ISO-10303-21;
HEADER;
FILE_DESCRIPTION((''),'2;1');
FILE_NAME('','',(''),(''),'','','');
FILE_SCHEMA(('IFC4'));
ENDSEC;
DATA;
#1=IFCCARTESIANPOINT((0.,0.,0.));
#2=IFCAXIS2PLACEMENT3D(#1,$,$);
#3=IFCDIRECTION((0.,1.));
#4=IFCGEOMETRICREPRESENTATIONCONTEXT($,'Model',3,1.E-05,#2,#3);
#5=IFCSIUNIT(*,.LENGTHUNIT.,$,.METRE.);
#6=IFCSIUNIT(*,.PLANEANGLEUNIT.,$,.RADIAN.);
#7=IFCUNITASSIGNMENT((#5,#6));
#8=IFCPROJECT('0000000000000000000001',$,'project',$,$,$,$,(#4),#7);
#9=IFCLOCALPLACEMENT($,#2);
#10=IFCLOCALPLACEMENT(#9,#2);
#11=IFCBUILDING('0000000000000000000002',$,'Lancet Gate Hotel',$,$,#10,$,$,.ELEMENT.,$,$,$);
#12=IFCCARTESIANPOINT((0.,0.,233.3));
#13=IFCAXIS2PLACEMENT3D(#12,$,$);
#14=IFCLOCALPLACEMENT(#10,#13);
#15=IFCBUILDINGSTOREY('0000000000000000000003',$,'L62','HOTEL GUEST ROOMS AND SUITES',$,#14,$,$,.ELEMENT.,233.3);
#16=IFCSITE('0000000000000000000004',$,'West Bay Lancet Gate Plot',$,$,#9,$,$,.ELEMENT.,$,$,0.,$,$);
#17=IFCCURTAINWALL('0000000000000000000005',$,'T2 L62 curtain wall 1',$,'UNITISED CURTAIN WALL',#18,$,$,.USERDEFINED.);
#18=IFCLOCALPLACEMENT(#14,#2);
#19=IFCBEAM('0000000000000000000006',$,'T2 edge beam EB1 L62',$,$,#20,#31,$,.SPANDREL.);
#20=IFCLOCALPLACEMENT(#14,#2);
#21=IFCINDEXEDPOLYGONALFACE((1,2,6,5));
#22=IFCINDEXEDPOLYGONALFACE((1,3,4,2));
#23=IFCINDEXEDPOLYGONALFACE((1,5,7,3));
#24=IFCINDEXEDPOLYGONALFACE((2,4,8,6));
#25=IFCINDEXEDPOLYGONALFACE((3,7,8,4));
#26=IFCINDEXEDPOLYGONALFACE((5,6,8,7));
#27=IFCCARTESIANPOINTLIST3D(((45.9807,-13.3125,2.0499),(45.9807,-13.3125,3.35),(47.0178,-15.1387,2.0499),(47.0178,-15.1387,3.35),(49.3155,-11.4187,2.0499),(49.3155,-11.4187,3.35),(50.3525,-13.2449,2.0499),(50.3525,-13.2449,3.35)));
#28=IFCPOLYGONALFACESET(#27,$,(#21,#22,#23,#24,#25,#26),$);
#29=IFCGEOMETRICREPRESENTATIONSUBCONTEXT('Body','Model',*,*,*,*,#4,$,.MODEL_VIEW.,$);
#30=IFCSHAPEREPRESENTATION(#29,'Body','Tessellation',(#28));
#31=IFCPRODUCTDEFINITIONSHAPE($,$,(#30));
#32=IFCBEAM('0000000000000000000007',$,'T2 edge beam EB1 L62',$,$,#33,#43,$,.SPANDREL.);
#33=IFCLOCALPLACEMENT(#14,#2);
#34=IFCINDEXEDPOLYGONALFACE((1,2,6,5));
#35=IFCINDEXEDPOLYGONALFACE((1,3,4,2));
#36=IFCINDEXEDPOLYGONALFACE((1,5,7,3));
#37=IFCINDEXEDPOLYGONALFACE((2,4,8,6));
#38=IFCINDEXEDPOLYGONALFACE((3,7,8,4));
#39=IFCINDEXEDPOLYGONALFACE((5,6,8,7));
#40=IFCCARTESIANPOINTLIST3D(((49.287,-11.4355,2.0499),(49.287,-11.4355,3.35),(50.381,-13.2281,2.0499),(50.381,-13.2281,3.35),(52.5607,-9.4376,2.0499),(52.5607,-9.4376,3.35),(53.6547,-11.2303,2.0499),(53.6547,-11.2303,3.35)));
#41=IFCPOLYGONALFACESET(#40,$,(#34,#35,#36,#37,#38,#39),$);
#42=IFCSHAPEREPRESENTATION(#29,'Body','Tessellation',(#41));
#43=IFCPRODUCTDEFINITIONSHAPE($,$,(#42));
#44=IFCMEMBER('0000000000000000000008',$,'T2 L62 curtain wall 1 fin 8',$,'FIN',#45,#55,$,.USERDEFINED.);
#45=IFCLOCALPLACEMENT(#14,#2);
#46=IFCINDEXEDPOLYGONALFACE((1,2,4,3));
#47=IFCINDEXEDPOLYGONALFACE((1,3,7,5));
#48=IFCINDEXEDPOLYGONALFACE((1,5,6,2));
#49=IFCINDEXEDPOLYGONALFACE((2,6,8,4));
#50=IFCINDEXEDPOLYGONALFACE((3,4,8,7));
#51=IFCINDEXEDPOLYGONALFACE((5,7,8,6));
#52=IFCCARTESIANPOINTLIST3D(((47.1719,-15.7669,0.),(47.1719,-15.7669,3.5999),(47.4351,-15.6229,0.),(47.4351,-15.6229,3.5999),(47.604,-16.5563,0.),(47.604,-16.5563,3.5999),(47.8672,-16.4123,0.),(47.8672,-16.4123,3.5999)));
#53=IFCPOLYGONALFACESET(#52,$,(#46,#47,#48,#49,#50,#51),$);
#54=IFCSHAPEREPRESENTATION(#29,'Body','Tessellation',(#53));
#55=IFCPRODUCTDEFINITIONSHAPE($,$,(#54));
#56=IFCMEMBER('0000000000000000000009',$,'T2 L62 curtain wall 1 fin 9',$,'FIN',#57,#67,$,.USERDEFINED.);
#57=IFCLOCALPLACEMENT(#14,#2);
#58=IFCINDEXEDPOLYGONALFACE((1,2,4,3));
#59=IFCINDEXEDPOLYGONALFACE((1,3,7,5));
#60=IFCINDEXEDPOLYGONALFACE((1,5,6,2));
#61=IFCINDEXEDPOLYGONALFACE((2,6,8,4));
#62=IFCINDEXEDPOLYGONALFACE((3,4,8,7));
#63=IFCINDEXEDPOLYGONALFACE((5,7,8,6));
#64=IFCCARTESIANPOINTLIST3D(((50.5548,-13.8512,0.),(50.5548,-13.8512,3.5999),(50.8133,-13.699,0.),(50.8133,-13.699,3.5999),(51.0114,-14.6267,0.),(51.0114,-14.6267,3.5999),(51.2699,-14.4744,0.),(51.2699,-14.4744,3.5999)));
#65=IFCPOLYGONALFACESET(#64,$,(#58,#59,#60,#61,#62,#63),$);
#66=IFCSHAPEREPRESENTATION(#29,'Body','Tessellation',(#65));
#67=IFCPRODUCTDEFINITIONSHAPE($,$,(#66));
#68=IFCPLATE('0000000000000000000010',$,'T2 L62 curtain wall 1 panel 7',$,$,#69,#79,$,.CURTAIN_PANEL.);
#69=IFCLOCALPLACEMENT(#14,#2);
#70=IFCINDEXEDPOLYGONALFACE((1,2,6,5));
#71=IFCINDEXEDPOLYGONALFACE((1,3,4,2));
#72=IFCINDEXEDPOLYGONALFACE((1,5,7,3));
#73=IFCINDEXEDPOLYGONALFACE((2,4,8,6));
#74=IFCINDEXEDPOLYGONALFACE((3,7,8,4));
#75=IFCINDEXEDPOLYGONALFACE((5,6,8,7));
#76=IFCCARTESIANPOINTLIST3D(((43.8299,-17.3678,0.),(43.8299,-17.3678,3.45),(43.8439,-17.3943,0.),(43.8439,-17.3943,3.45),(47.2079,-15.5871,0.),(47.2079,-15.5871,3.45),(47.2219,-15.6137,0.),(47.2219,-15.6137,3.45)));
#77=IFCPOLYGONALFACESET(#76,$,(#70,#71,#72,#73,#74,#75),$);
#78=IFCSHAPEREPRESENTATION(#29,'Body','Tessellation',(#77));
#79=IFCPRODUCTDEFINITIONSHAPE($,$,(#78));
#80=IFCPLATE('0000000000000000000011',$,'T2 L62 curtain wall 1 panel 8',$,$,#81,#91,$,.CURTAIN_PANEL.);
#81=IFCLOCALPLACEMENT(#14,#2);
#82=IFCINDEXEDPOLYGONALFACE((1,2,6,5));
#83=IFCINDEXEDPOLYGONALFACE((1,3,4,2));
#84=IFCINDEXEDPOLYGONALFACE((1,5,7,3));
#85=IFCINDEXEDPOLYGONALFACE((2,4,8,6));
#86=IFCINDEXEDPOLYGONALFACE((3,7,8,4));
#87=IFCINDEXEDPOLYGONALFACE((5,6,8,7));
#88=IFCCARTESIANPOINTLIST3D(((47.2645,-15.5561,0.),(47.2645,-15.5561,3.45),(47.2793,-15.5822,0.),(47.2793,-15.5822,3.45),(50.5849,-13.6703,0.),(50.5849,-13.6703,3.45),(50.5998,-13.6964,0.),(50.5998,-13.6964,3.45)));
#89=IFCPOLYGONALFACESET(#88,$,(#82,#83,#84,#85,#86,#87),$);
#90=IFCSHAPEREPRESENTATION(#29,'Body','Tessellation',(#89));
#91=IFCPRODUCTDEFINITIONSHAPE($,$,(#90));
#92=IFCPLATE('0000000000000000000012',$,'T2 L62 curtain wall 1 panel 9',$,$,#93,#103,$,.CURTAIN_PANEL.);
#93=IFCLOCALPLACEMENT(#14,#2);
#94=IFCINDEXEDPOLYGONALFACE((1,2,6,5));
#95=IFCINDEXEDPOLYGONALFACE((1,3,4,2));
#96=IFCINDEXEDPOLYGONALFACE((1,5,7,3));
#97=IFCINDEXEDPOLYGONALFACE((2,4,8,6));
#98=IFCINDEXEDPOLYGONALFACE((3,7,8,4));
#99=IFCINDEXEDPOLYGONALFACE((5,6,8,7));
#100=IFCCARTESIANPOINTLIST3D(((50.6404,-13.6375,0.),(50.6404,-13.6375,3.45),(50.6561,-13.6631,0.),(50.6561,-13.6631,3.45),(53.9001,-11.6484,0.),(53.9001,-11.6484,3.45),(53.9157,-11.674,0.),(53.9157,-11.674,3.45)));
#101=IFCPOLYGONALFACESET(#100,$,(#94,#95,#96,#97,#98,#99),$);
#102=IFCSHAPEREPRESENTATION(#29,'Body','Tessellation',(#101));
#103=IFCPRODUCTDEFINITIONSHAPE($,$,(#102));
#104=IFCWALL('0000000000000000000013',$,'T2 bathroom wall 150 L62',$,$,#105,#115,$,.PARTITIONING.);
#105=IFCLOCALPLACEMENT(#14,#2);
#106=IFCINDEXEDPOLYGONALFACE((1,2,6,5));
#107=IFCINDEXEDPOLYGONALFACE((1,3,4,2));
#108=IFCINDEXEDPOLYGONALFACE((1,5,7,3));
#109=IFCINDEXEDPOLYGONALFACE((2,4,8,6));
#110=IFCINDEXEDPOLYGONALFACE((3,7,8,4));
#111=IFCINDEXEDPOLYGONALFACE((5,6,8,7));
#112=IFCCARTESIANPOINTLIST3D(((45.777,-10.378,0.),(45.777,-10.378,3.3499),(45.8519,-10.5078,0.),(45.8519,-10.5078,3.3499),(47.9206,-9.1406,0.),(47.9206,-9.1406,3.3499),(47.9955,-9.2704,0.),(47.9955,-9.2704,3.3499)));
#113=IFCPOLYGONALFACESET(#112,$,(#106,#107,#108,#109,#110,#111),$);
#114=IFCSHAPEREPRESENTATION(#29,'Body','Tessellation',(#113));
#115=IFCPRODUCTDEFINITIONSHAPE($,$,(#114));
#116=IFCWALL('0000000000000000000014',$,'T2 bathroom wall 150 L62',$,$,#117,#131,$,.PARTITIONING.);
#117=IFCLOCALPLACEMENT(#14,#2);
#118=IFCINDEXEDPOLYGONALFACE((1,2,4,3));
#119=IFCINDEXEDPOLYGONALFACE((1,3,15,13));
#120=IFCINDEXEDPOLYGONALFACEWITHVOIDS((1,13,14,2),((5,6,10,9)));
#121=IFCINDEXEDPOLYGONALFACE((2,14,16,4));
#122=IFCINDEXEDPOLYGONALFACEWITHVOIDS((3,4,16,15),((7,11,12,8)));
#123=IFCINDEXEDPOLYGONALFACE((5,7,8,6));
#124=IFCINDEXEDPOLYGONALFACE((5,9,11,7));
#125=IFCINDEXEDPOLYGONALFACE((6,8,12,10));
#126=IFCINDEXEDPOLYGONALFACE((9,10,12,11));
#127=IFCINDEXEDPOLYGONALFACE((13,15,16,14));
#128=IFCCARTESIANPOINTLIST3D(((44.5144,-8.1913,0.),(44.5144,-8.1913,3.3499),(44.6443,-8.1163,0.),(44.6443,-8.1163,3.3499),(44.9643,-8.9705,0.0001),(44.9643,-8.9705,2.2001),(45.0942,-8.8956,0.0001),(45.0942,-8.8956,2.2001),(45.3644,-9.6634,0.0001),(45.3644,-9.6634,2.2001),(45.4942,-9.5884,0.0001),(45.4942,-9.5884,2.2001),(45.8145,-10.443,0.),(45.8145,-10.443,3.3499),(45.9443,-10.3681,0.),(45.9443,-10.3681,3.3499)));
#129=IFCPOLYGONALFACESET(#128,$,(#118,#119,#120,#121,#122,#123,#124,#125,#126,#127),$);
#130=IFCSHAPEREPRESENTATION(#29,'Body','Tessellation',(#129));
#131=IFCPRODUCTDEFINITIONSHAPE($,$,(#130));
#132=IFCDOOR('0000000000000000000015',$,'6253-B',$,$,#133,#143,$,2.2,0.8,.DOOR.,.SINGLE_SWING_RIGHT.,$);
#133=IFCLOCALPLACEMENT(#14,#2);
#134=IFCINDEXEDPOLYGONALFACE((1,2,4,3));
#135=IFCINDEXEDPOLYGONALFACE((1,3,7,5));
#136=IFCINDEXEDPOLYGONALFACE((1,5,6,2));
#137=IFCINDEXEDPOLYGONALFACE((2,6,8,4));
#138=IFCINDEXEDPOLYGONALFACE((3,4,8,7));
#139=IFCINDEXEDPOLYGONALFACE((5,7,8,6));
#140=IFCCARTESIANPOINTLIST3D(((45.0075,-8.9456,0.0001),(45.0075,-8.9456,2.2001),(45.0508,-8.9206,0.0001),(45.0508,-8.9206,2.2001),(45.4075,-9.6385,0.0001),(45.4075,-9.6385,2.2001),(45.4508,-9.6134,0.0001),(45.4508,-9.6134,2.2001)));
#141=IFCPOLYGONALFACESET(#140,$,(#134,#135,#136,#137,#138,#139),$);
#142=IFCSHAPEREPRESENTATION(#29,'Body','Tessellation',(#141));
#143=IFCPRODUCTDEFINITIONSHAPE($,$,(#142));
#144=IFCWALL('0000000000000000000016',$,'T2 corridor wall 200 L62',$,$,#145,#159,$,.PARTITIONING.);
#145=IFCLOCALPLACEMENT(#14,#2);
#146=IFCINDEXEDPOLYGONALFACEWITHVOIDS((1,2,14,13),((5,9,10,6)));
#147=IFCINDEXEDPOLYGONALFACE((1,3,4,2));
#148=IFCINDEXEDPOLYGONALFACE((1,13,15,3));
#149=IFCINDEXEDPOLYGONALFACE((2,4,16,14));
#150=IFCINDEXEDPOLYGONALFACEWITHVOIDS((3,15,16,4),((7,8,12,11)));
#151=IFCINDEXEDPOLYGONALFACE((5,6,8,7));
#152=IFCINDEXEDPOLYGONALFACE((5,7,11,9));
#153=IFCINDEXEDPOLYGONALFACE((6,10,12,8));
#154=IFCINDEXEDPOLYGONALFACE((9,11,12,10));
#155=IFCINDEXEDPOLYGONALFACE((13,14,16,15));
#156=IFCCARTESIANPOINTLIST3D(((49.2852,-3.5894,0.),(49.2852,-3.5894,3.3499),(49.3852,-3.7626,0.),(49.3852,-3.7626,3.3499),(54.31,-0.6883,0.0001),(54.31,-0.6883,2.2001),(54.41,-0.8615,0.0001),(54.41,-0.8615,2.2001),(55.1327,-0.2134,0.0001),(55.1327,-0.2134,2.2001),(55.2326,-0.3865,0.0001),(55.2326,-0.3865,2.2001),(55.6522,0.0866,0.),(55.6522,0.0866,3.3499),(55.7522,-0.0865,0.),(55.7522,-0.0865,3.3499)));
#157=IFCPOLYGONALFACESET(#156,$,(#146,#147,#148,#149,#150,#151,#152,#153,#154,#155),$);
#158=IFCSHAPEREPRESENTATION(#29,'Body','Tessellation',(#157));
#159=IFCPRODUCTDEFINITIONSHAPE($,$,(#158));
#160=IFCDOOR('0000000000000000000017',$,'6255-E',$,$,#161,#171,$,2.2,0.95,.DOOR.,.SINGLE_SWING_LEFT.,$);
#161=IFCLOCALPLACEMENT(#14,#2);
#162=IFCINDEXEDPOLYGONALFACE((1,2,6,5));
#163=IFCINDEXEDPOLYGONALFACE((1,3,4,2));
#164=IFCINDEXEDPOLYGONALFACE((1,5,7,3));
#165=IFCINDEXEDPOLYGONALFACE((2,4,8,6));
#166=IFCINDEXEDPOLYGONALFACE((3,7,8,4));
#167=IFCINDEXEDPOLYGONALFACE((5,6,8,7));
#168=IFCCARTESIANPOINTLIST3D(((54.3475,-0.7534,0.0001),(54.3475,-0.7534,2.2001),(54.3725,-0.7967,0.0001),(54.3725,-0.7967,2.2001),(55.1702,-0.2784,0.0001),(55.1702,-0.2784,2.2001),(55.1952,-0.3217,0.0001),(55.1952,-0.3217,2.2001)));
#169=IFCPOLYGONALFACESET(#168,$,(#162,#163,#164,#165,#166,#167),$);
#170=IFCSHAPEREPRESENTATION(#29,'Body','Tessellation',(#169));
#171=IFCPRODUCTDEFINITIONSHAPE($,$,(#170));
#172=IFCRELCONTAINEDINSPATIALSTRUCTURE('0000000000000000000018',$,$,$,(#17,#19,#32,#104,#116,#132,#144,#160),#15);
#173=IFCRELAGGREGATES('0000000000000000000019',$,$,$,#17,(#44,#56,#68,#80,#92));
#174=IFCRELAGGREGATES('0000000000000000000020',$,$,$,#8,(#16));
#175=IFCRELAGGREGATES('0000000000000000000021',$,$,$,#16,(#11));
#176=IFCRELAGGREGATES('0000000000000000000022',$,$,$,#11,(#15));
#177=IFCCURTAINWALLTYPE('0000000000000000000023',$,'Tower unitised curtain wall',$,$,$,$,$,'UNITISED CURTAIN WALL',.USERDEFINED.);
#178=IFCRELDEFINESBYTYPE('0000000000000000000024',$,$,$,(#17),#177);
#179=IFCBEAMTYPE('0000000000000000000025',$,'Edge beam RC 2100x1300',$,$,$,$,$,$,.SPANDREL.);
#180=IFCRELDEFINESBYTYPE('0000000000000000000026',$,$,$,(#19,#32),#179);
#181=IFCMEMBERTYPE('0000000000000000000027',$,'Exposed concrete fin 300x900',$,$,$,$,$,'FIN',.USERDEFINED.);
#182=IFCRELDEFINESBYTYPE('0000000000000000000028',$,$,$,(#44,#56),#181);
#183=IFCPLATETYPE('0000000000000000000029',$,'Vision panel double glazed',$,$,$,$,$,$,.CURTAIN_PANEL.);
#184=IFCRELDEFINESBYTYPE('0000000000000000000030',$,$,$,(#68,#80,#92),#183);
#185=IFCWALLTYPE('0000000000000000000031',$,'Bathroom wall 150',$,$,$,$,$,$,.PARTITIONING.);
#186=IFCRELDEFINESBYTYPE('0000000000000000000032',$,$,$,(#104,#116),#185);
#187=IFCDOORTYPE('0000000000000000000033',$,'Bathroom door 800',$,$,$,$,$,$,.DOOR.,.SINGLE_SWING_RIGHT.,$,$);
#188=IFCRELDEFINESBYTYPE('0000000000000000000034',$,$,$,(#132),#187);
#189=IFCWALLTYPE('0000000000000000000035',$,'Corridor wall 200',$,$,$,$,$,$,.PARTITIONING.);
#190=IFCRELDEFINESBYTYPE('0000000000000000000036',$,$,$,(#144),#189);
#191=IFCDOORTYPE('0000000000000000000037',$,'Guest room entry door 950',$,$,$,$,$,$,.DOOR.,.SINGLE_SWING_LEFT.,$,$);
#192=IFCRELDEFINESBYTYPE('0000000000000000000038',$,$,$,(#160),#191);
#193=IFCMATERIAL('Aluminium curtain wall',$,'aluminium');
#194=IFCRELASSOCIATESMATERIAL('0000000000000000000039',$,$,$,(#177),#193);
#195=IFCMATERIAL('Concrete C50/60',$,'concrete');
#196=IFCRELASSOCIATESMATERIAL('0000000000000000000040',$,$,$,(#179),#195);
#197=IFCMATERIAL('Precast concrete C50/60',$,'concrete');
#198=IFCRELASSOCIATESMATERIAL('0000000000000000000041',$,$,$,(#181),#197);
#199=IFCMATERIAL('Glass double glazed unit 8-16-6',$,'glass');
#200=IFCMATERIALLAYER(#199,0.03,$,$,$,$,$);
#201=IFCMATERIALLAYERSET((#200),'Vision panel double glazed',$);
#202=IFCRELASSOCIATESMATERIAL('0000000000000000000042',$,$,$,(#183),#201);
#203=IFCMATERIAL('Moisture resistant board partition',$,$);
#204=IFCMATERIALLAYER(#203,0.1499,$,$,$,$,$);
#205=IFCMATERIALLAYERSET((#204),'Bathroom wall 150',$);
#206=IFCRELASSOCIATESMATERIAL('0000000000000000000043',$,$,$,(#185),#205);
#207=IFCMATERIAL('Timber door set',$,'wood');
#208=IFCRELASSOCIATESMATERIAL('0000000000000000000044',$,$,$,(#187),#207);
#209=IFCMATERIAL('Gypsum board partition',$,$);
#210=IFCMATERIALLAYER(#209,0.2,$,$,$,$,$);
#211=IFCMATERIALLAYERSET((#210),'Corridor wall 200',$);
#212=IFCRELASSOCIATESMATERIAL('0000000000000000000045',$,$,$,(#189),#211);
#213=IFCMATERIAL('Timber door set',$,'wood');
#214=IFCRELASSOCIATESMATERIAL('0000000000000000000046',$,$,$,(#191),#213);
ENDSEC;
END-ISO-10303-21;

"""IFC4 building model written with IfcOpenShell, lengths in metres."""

from ifc_helpers import new_model, si_unit, direction, frame, frame_2d, origin, origin_2d, place, context, subcontext, project, spatial, rectangle, extrude, material, layer, layer_set, material_profile, profile_set, type_object, element, fill, aggregate, save


model = new_model("IFC4")

# Units and contexts
model_context = context("Model", 3, precision=1e-05, world=origin(), true_north=direction((0.0, 1.0)))
body_context = subcontext(model_context, "Body", "Model", "MODEL_VIEW")
ifc_project = project(units=[si_unit("LENGTHUNIT", "METRE"), si_unit("PLANEANGLEUNIT", "RADIAN")], contexts=[model_context])

# Site, building, storey
site_placement = place(None, origin())
site = spatial("IfcSite", under=ifc_project, at=site_placement, Name="West Bay Lancet Gate Plot", CompositionType="ELEMENT", RefElevation=0.0)
building_placement = place(site_placement, origin())
building = spatial("IfcBuilding", under=site, at=building_placement, Name="Lancet Gate Hotel", CompositionType="ELEMENT")
storey_placement = place(building_placement, frame((0.0, 0.0, 233.3)))
storey = spatial("IfcBuildingStorey", under=building, at=storey_placement, Name="L62", Description="HOTEL GUEST ROOMS AND SUITES", CompositionType="ELEMENT", Elevation=233.3)

# Curtain wall
ifc_material_1 = material(Name="Aluminium curtain wall", Category="aluminium")
curtain_wall_type = type_object("IfcCurtainWallType", Name="Tower unitised curtain wall", ElementType="UNITISED CURTAIN WALL", PredefinedType="USERDEFINED", material=ifc_material_1)
curtain_wall_placement = place(storey_placement, origin())
curtain_wall = element("IfcCurtainWall", 1, at=curtain_wall_placement, inside=storey, type_object=curtain_wall_type, Name="T2 L62 curtain wall 1", ObjectType="UNITISED CURTAIN WALL", PredefinedType="USERDEFINED")

# Beams
ifc_material_2 = material(Name="Concrete C50/60", Category="concrete")
ifc_material_profile_1 = material_profile(ifc_material_2, rectangle(XDim=2.1001, YDim=1.3, at=origin_2d()), Name="RC 2100x1300")
ifc_profile_set_1 = profile_set([ifc_material_profile_1], Name="Concrete C50/60")
beam_type = type_object("IfcBeamType", Name="Edge beam RC 2100x1300", PredefinedType="SPANDREL", material=ifc_profile_set_1)
beam_1_placement = place(storey_placement, frame((46.4993, -14.2256, 2.7), z_axis=(0.86956, 0.493827, 0.0), x_axis=(-0.493827, 0.86956, 0.0)))
element("IfcBeam", 2, at=beam_1_placement, inside=storey, type_object=beam_type, Name="T2 edge beam EB1 L62", PredefinedType="SPANDREL", context=body_context, shape_type="SweptSolid", body=[
    extrude(rectangle(XDim=2.1001, YDim=1.3, at=origin_2d()), origin(), (0.0, 0.0, 1.0), 3.835),
])
beam_2_placement = place(storey_placement, frame((49.834, -12.3318, 2.7), z_axis=(0.853604, 0.520922, 0.0), x_axis=(-0.520922, 0.853604, 0.0)))
element("IfcBeam", 3, at=beam_2_placement, inside=storey, type_object=beam_type, Name="T2 edge beam EB1 L62", PredefinedType="SPANDREL", context=body_context, shape_type="SweptSolid", body=[
    extrude(rectangle(XDim=2.1001, YDim=1.3, at=origin_2d()), origin(), (0.0, 0.0, 1.0), 3.8352),
])

# Members
ifc_material_3 = material(Name="Precast concrete C50/60", Category="concrete")
ifc_material_profile_2 = material_profile(ifc_material_3, rectangle(XDim=0.3, YDim=0.8999, at=origin_2d()), Name="FIN 300x900")
ifc_profile_set_2 = profile_set([ifc_material_profile_2], Name="Precast concrete C50/60")
member_type_1 = type_object("IfcMemberType", Name="Exposed concrete fin 300x900", ElementType="FIN", PredefinedType="USERDEFINED", material=ifc_profile_set_2)
member_1_placement = place(storey_placement, frame((47.5195, -16.0896, 0.0), z_axis=(0.0, 0.0, 1.0), x_axis=(0.877195, 0.480135, 0.0)))
member_1 = element("IfcMember", 4, at=member_1_placement, type_object=member_type_1, Name="T2 L62 curtain wall 1 fin 8", ObjectType="FIN", PredefinedType="USERDEFINED", context=body_context, shape_type="SweptSolid", body=[
    extrude(rectangle(XDim=0.3, YDim=0.8999, at=origin_2d()), origin(), (0.0, 0.0, 1.0), 3.5999),
])
member_2_placement = place(storey_placement, frame((50.9124, -14.1628, 0.0), z_axis=(0.0, 0.0, 1.0), x_axis=(0.861692, 0.507432, 0.0)))
member_2 = element("IfcMember", 5, at=member_2_placement, type_object=member_type_1, Name="T2 L62 curtain wall 1 fin 9", ObjectType="FIN", PredefinedType="USERDEFINED", context=body_context, shape_type="SweptSolid", body=[
    extrude(rectangle(XDim=0.3, YDim=0.8999, at=origin_2d()), origin(), (0.0, 0.0, 1.0), 3.5999),
])

# Plates
ifc_material_4 = material(Name="Glass double glazed unit 8-16-6", Category="glass")
ifc_layer_1 = layer(ifc_material_4, 0.03)
ifc_layer_set_1 = layer_set([ifc_layer_1], Name="Vision panel double glazed")
plate_type = type_object("IfcPlateType", Name="Vision panel double glazed", PredefinedType="CURTAIN_PANEL", material=ifc_layer_set_1)
plate_1_placement = place(storey_placement, frame((45.5259, -16.4907, 0.0), z_axis=(0.0, 0.0, 1.0), x_axis=(0.884623, 0.466307, 0.0)))
plate_1 = element("IfcPlate", 6, at=plate_1_placement, type_object=plate_type, Name="T2 L62 curtain wall 1 panel 7", PredefinedType="CURTAIN_PANEL", context=body_context, shape_type="SweptSolid", body=[
    extrude(rectangle(XDim=3.8186, YDim=0.03, at=origin_2d()), origin(), (0.0, 0.0, 1.0), 3.45),
])
plate_2_placement = place(storey_placement, frame((48.9321, -14.6262, 0.0), z_axis=(0.0, 0.0, 1.0), x_axis=(0.86955, 0.493844, 0.0)))
plate_2 = element("IfcPlate", 7, at=plate_2_placement, type_object=plate_type, Name="T2 L62 curtain wall 1 panel 8", PredefinedType="CURTAIN_PANEL", context=body_context, shape_type="SweptSolid", body=[
    extrude(rectangle(XDim=3.8186, YDim=0.03, at=origin_2d()), origin(), (0.0, 0.0, 1.0), 3.45),
])
plate_3_placement = place(storey_placement, frame((52.2781, -12.6558, 0.0), z_axis=(0.0, 0.0, 1.0), x_axis=(0.853621, 0.520895, 0.0)))
plate_3 = element("IfcPlate", 8, at=plate_3_placement, type_object=plate_type, Name="T2 L62 curtain wall 1 panel 9", PredefinedType="CURTAIN_PANEL", context=body_context, shape_type="SweptSolid", body=[
    extrude(rectangle(XDim=3.8186, YDim=0.03, at=origin_2d()), origin(), (0.0, 0.0, 1.0), 3.45),
])
aggregate(curtain_wall, [member_1, member_2, plate_1, plate_2, plate_3])

# Wall
ifc_material_5 = material(Name="Moisture resistant board partition")
ifc_layer_2 = layer(ifc_material_5, 0.1499)
ifc_layer_set_2 = layer_set([ifc_layer_2], Name="Bathroom wall 150")
wall_type_1 = type_object("IfcWallType", Name="Bathroom wall 150", PredefinedType="PARTITIONING", material=ifc_layer_set_2)
wall_1_placement = place(storey_placement, frame((45.8145, -10.4429, 0.0), z_axis=(0.0, 0.0, 1.0), x_axis=(0.866074, 0.499916, 0.0)))
element("IfcWall", 9, at=wall_1_placement, inside=storey, type_object=wall_type_1, Name="T2 bathroom wall 150 L62", PredefinedType="PARTITIONING", context=body_context, shape_type="SweptSolid", body=[
    extrude(rectangle(XDim=2.4751, YDim=0.1499, at=frame_2d((1.2375, 0.0))), origin(), (0.0, 0.0, 1.0), 3.3499),
])

# Walls, openings, doors
wall_2_placement = place(storey_placement, frame((44.5793, -8.1538, 0.0), z_axis=(0.0, 0.0, 1.0), x_axis=(0.500007, -0.866021, 0.0)))
wall_2 = element("IfcWall", 10, at=wall_2_placement, inside=storey, type_object=wall_type_1, Name="T2 bathroom wall 150 L62", PredefinedType="PARTITIONING", context=body_context, shape_type="SweptSolid", body=[
    extrude(rectangle(XDim=2.6001, YDim=0.1499, at=frame_2d((1.3, 0.0))), origin(), (0.0, 0.0, 1.0), 3.3499),
])
opening_1_placement = place(wall_2_placement, frame((0.8999, 0.0, 0.0)))
opening_1 = element("IfcOpeningElement", 11, at=opening_1_placement, cuts=wall_2, PredefinedType="OPENING", context=body_context, shape_type="SweptSolid", body=[
    extrude(rectangle(XDim=0.8, YDim=2.2, at=frame_2d((0.3999, 1.1001))), frame((0.0, 0.085, 0.0), z_axis=(0.0, -1.0, 0.0), x_axis=(1.0, 0.0, 0.0)), (0.0, 0.0, 1.0), 0.1699),
])
ifc_material_6 = material(Name="Timber door set", Category="wood")
door_type_1 = type_object("IfcDoorType", Name="Bathroom door 800", OperationType="SINGLE_SWING_RIGHT", PredefinedType="DOOR", material=ifc_material_6)
door_1_placement = place(opening_1_placement, origin())
door_1 = element("IfcDoor", 12, at=door_1_placement, inside=storey, type_object=door_type_1, Name="6253-B", OperationType="SINGLE_SWING_RIGHT", OverallHeight=2.2, OverallWidth=0.8, PredefinedType="DOOR", context=body_context, shape_type="SweptSolid", body=[
    extrude(rectangle(XDim=0.8, YDim=2.2, at=frame_2d((0.3999, 1.1001))), frame((0.0, 0.0249, 0.0), z_axis=(0.0, -1.0, 0.0), x_axis=(1.0, 0.0, 0.0)), (0.0, 0.0, 1.0), 0.05),
])
fill(opening_1, door_1)
ifc_material_7 = material(Name="Gypsum board partition")
ifc_layer_3 = layer(ifc_material_7, 0.2)
ifc_layer_set_3 = layer_set([ifc_layer_3], Name="Corridor wall 200")
wall_type_2 = type_object("IfcWallType", Name="Corridor wall 200", PredefinedType="PARTITIONING", material=ifc_layer_set_3)
wall_3_placement = place(storey_placement, frame((49.3352, -3.676, 0.0), z_axis=(0.0, 0.0, 1.0), x_axis=(0.866021, 0.500007, 0.0)))
wall_3 = element("IfcWall", 13, at=wall_3_placement, inside=storey, type_object=wall_type_2, Name="T2 corridor wall 200 L62", PredefinedType="PARTITIONING", context=body_context, shape_type="SweptSolid", body=[
    extrude(rectangle(XDim=7.3521, YDim=0.2, at=frame_2d((3.676, 0.0))), origin(), (0.0, 0.0, 1.0), 3.3499),
])
opening_2_placement = place(wall_3_placement, frame((5.802, 0.0, 0.0)))
opening_2 = element("IfcOpeningElement", 14, at=opening_2_placement, cuts=wall_3, PredefinedType="OPENING", context=body_context, shape_type="SweptSolid", body=[
    extrude(rectangle(XDim=0.95, YDim=2.2, at=frame_2d((0.4751, 1.1001))), frame((0.0, 0.1099, 0.0), z_axis=(0.0, -1.0, 0.0), x_axis=(1.0, 0.0, 0.0)), (0.0, 0.0, 1.0), 0.22),
])
ifc_material_8 = material(Name="Timber door set", Category="wood")
door_type_2 = type_object("IfcDoorType", Name="Guest room entry door 950", OperationType="SINGLE_SWING_LEFT", PredefinedType="DOOR", material=ifc_material_8)
door_2_placement = place(opening_2_placement, origin())
door_2 = element("IfcDoor", 15, at=door_2_placement, inside=storey, type_object=door_type_2, Name="6255-E", OperationType="SINGLE_SWING_LEFT", OverallHeight=2.2, OverallWidth=0.95, PredefinedType="DOOR", context=body_context, shape_type="SweptSolid", body=[
    extrude(rectangle(XDim=0.95, YDim=2.2, at=frame_2d((0.4751, 1.1001))), frame((0.0, 0.0249, 0.0), z_axis=(0.0, -1.0, 0.0), x_axis=(1.0, 0.0, 0.0)), (0.0, 0.0, 1.0), 0.05),
])
fill(opening_2, door_2)

save(model, "model.ifc")
